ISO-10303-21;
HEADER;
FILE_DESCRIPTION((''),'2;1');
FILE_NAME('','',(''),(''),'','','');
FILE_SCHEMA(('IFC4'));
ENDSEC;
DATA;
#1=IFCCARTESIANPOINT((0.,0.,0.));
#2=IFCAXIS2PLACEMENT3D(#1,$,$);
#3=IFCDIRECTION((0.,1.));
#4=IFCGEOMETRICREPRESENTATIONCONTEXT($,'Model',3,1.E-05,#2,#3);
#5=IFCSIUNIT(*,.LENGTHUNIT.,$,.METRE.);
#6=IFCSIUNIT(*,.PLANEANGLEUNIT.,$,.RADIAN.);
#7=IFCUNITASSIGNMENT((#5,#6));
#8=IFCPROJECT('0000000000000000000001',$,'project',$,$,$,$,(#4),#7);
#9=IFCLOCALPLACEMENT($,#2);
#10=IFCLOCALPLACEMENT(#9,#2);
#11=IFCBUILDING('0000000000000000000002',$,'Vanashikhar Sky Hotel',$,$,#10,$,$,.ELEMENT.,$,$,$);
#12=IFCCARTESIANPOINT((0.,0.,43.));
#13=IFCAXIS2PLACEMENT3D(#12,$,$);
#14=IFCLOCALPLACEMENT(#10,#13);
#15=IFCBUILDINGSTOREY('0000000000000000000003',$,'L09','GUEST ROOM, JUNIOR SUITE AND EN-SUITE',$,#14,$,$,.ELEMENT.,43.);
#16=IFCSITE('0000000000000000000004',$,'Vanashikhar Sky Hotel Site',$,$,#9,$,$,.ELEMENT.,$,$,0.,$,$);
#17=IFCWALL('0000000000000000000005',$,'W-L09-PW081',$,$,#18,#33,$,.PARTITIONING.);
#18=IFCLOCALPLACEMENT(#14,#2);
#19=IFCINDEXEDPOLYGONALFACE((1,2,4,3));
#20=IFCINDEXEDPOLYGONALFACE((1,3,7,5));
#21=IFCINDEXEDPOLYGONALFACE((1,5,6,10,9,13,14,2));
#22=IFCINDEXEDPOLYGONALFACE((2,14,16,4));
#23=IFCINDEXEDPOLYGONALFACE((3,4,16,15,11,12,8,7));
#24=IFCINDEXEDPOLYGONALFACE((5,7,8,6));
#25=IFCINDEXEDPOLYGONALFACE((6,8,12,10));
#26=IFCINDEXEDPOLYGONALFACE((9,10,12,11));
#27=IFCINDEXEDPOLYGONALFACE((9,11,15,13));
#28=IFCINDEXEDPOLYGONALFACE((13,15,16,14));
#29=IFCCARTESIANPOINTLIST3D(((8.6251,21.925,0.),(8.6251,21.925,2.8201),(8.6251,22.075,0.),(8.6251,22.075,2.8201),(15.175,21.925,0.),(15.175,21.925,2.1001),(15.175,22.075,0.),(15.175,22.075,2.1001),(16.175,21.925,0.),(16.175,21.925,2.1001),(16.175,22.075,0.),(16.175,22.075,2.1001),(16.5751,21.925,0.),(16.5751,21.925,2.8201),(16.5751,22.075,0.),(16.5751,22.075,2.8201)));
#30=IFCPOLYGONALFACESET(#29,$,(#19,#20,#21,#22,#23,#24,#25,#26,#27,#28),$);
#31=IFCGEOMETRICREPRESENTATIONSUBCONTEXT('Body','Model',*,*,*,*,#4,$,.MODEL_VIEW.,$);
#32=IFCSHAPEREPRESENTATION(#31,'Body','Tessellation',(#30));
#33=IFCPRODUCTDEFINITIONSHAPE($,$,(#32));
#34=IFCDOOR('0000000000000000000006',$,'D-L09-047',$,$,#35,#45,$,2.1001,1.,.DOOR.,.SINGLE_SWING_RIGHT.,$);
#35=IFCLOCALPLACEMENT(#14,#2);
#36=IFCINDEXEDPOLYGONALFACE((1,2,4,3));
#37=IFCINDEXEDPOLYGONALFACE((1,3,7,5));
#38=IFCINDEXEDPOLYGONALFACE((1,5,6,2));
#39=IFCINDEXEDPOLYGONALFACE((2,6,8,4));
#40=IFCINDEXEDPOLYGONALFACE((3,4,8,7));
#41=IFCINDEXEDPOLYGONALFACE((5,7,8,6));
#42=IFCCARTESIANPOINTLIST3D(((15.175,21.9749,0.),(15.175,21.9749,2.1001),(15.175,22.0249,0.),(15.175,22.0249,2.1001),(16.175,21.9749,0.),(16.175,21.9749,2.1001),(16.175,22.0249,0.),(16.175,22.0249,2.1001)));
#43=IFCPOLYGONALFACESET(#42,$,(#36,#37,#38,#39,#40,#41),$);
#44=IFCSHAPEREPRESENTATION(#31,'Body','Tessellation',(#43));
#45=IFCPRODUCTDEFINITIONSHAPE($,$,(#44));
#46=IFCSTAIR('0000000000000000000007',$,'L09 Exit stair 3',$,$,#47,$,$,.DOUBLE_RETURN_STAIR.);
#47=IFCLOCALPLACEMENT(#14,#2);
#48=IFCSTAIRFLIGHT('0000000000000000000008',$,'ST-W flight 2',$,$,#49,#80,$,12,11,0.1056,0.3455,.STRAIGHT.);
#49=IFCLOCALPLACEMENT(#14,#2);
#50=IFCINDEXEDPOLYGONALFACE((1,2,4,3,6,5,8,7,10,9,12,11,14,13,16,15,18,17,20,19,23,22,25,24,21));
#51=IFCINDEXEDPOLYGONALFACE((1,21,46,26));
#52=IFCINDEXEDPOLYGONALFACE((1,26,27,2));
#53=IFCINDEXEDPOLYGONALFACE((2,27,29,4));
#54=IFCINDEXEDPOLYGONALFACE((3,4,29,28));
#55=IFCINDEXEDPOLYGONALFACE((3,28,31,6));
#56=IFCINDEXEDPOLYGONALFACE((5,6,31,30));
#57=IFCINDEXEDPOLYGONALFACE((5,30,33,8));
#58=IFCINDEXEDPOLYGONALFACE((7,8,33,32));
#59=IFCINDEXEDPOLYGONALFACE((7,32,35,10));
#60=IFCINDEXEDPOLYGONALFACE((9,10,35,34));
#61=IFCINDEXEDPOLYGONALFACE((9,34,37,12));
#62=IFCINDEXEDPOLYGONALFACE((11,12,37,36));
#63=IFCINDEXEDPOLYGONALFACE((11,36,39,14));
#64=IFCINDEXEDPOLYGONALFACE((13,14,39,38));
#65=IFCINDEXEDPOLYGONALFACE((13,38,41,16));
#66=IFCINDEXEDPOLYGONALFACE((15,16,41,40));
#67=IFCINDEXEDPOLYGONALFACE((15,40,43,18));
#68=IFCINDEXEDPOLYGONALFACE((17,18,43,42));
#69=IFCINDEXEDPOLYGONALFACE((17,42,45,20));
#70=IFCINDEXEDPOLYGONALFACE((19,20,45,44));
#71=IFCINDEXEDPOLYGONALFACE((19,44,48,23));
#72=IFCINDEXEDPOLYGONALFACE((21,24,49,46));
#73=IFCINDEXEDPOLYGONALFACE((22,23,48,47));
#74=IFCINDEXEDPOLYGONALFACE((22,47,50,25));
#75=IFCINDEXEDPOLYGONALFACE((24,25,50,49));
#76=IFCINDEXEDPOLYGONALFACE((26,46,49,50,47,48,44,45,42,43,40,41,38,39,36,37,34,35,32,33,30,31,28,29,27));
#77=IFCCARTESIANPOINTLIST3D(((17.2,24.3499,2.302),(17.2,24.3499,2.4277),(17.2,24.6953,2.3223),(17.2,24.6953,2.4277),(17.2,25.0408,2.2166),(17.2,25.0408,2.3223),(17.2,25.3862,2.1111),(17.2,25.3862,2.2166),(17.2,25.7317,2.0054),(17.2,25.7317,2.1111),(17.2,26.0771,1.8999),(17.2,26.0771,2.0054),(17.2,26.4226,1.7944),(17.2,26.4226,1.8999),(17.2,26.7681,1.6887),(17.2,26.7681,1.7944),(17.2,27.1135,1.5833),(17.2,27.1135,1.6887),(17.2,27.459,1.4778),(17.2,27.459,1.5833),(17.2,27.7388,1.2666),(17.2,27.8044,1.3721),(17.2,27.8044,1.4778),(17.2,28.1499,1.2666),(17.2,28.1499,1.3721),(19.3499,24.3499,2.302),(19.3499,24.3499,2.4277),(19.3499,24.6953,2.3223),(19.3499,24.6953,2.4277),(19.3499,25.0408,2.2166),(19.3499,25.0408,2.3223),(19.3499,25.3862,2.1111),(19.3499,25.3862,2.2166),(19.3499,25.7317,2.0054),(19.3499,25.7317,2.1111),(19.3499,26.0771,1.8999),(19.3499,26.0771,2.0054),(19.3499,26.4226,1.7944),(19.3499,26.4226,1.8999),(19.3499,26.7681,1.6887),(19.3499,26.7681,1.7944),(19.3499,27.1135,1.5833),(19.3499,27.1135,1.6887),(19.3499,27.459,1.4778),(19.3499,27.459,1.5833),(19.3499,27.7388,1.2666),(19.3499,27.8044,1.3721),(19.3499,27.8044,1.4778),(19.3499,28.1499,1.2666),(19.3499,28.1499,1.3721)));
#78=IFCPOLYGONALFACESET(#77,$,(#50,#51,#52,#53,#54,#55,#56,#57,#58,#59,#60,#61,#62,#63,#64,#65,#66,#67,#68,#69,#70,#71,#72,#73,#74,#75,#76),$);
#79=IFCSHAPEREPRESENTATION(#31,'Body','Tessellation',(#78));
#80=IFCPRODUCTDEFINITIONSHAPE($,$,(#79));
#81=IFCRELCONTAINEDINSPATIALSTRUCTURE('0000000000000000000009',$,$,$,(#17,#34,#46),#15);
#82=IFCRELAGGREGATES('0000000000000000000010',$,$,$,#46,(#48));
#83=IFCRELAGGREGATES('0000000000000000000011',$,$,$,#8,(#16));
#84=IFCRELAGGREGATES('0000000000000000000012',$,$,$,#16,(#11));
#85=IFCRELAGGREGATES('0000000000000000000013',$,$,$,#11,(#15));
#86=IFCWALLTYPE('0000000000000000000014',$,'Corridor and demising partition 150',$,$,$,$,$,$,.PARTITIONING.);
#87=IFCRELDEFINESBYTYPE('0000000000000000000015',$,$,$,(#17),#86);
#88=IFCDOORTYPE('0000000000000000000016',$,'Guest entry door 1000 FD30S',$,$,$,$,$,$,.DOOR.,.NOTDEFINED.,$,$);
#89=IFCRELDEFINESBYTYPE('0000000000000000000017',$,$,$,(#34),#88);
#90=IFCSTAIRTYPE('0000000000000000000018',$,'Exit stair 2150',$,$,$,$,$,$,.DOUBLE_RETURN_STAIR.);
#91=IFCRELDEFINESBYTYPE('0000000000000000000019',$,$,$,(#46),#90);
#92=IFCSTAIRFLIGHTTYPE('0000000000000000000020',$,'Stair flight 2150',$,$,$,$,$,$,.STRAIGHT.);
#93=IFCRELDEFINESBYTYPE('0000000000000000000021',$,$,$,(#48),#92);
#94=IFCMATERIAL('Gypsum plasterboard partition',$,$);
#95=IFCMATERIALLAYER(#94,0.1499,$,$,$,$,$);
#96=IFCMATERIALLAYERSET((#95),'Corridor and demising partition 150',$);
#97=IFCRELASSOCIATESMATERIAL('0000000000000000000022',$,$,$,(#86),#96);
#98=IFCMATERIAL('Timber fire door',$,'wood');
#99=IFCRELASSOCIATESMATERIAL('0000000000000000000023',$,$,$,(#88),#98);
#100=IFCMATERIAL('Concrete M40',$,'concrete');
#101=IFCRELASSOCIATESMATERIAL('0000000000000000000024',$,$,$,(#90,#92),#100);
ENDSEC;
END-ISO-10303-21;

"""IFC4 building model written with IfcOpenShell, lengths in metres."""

from ifc_helpers import new_model, si_unit, direction, frame, frame_2d, origin, place, context, subcontext, project, spatial, polyline, rectangle, outline, extrude, source, transform, mapped, material, layer, layer_set, type_object, element, fill, aggregate, save


model = new_model("IFC4")

# Units and contexts
model_context = context("Model", 3, precision=1e-05, world=origin(), true_north=direction((0.0, 1.0)))
body_context = subcontext(model_context, "Body", "Model", "MODEL_VIEW")
ifc_project = project(units=[si_unit("LENGTHUNIT", "METRE"), si_unit("PLANEANGLEUNIT", "RADIAN")], contexts=[model_context])

# Site, building, storey
site_placement = place(None, origin())
site = spatial("IfcSite", under=ifc_project, at=site_placement, Name="Vanashikhar Sky Hotel Site", CompositionType="ELEMENT", RefElevation=0.0)
building_placement = place(site_placement, origin())
building = spatial("IfcBuilding", under=site, at=building_placement, Name="Vanashikhar Sky Hotel", CompositionType="ELEMENT")
storey_placement = place(building_placement, frame((0.0, 0.0, 43.0)))
storey = spatial("IfcBuildingStorey", under=building, at=storey_placement, Name="L09", Description="GUEST ROOM, JUNIOR SUITE AND EN-SUITE", CompositionType="ELEMENT", Elevation=43.0)

# Shared definitions
ifc_material_1 = material(Name="Gypsum plasterboard partition")
ifc_layer_1 = layer(ifc_material_1, 0.1499)
ifc_layer_set_1 = layer_set([ifc_layer_1], Name="Corridor and demising partition 150")
wall_type_1 = type_object("IfcWallType", Name="Corridor and demising partition 150", PredefinedType="PARTITIONING", material=ifc_layer_set_1)
shared_shape_1 = source(origin(), body_context, "Body", "SweptSolid", [
    extrude(rectangle(XDim=1.0, YDim=2.1001, at=frame_2d((0.5, 1.05))), frame((0.0, 0.085, 0.0), z_axis=(0.0, -1.0, 0.0), x_axis=(1.0, 0.0, 0.0)), (0.0, 0.0, 1.0), 0.1699),
])
ifc_material_2 = material(Name="Timber fire door", Category="wood")
door_type_1 = type_object("IfcDoorType", Name="Guest entry door 1000 FD30S", OperationType="NOTDEFINED", PredefinedType="DOOR", material=ifc_material_2)
shared_shape_2 = source(origin(), body_context, "Body", "SweptSolid", [
    extrude(rectangle(XDim=1.0, YDim=2.1001, at=frame_2d((0.5, 1.05))), frame((0.0, 0.0249, 0.0), z_axis=(0.0, -1.0, 0.0), x_axis=(1.0, 0.0, 0.0)), (0.0, 0.0, 1.0), 0.05),
])

# Wall, opening, door
shared_shape_3 = source(origin(), body_context, "Body", "SweptSolid", [
    extrude(rectangle(XDim=7.95, YDim=0.1499, at=frame_2d((3.9751, 0.0))), origin(), (0.0, 0.0, 1.0), 2.8201),
])
wall_1_placement = place(storey_placement, frame((8.625, 22.0, 0.0), z_axis=(0.0, 0.0, 1.0), x_axis=(1.0, 0.0, 0.0)))
wall_1 = element("IfcWall", 1, at=wall_1_placement, inside=storey, type_object=wall_type_1, Name="W-L09-PW081", PredefinedType="PARTITIONING", context=body_context, shape_type="MappedRepresentation", body=[
    mapped(shared_shape_3, transform((0.0, 0.0, 0.0), scale=1.0)),
])
opening_1_placement = place(wall_1_placement, frame((6.55, 0.0, 0.0)))
opening_1 = element("IfcOpeningElement", 2, at=opening_1_placement, cuts=wall_1, PredefinedType="OPENING", context=body_context, shape_type="MappedRepresentation", body=[
    mapped(shared_shape_1, transform((0.0, 0.0, 0.0), scale=1.0)),
])
door_1_placement = place(opening_1_placement, origin())
door_1 = element("IfcDoor", 3, at=door_1_placement, inside=storey, type_object=door_type_1, Name="D-L09-047", OperationType="SINGLE_SWING_RIGHT", OverallHeight=2.1001, OverallWidth=1.0, PredefinedType="DOOR", context=body_context, shape_type="MappedRepresentation", body=[
    mapped(shared_shape_2, transform((0.0, 0.0, 0.0), scale=1.0)),
])
fill(opening_1, door_1)

# Stair, stair flight
ifc_material_3 = material(Name="Concrete M40", Category="concrete")
stair_type = type_object("IfcStairType", Name="Exit stair 2150", PredefinedType="DOUBLE_RETURN_STAIR", material=ifc_material_3)
stair_placement = place(storey_placement, origin())
stair = element("IfcStair", 4, at=stair_placement, inside=storey, type_object=stair_type, Name="L09 Exit stair 3", PredefinedType="DOUBLE_RETURN_STAIR")
stair_flight_type = type_object("IfcStairFlightType", Name="Stair flight 2150", PredefinedType="STRAIGHT", material=ifc_material_3)
shared_shape_4 = source(origin(), body_context, "Body", "SweptSolid", [
    extrude(outline(polyline([(0.0, 0.0), (0.0, 0.1055), (0.3455, 0.1055), (0.3455, 0.2112), (0.6909, 0.2112), (0.6909, 0.3167), (1.0364, 0.3167), (1.0364, 0.4221), (1.3818, 0.4221), (1.3818, 0.5278), (1.7273, 0.5278), (1.7273, 0.6333), (2.0728, 0.6333), (2.0728, 0.7388), (2.4182, 0.7388), (2.4182, 0.8445), (2.7637, 0.8445), (2.7637, 0.95), (3.1091, 0.95), (3.1091, 1.0557), (3.4546, 1.0557), (3.4546, 1.1611), (3.8, 1.1611), (3.8, 1.2666), (3.8, 1.0354), (0.4111, 0.0), (0.0, 0.0)])), frame((0.0, 1.075, 0.0), z_axis=(0.0, -1.0, 0.0), x_axis=(1.0, 0.0, 0.0)), (0.0, 0.0, 1.0), 2.1499),
])
stair_flight_placement = place(storey_placement, frame((18.2749, 28.1499, 1.2666), z_axis=(0.0, 0.0, 1.0), x_axis=(0.0, -1.0, 0.0)))
stair_flight = element("IfcStairFlight", 5, at=stair_flight_placement, type_object=stair_flight_type, Name="ST-W flight 2", NumberOfRisers=12, NumberOfTreads=11, PredefinedType="STRAIGHT", RiserHeight=0.1056, TreadLength=0.3455, context=body_context, shape_type="MappedRepresentation", body=[
    mapped(shared_shape_4, transform((0.0, 0.0, 0.0), scale=1.0)),
])
aggregate(stair, [stair_flight])

save(model, "model.ifc")
